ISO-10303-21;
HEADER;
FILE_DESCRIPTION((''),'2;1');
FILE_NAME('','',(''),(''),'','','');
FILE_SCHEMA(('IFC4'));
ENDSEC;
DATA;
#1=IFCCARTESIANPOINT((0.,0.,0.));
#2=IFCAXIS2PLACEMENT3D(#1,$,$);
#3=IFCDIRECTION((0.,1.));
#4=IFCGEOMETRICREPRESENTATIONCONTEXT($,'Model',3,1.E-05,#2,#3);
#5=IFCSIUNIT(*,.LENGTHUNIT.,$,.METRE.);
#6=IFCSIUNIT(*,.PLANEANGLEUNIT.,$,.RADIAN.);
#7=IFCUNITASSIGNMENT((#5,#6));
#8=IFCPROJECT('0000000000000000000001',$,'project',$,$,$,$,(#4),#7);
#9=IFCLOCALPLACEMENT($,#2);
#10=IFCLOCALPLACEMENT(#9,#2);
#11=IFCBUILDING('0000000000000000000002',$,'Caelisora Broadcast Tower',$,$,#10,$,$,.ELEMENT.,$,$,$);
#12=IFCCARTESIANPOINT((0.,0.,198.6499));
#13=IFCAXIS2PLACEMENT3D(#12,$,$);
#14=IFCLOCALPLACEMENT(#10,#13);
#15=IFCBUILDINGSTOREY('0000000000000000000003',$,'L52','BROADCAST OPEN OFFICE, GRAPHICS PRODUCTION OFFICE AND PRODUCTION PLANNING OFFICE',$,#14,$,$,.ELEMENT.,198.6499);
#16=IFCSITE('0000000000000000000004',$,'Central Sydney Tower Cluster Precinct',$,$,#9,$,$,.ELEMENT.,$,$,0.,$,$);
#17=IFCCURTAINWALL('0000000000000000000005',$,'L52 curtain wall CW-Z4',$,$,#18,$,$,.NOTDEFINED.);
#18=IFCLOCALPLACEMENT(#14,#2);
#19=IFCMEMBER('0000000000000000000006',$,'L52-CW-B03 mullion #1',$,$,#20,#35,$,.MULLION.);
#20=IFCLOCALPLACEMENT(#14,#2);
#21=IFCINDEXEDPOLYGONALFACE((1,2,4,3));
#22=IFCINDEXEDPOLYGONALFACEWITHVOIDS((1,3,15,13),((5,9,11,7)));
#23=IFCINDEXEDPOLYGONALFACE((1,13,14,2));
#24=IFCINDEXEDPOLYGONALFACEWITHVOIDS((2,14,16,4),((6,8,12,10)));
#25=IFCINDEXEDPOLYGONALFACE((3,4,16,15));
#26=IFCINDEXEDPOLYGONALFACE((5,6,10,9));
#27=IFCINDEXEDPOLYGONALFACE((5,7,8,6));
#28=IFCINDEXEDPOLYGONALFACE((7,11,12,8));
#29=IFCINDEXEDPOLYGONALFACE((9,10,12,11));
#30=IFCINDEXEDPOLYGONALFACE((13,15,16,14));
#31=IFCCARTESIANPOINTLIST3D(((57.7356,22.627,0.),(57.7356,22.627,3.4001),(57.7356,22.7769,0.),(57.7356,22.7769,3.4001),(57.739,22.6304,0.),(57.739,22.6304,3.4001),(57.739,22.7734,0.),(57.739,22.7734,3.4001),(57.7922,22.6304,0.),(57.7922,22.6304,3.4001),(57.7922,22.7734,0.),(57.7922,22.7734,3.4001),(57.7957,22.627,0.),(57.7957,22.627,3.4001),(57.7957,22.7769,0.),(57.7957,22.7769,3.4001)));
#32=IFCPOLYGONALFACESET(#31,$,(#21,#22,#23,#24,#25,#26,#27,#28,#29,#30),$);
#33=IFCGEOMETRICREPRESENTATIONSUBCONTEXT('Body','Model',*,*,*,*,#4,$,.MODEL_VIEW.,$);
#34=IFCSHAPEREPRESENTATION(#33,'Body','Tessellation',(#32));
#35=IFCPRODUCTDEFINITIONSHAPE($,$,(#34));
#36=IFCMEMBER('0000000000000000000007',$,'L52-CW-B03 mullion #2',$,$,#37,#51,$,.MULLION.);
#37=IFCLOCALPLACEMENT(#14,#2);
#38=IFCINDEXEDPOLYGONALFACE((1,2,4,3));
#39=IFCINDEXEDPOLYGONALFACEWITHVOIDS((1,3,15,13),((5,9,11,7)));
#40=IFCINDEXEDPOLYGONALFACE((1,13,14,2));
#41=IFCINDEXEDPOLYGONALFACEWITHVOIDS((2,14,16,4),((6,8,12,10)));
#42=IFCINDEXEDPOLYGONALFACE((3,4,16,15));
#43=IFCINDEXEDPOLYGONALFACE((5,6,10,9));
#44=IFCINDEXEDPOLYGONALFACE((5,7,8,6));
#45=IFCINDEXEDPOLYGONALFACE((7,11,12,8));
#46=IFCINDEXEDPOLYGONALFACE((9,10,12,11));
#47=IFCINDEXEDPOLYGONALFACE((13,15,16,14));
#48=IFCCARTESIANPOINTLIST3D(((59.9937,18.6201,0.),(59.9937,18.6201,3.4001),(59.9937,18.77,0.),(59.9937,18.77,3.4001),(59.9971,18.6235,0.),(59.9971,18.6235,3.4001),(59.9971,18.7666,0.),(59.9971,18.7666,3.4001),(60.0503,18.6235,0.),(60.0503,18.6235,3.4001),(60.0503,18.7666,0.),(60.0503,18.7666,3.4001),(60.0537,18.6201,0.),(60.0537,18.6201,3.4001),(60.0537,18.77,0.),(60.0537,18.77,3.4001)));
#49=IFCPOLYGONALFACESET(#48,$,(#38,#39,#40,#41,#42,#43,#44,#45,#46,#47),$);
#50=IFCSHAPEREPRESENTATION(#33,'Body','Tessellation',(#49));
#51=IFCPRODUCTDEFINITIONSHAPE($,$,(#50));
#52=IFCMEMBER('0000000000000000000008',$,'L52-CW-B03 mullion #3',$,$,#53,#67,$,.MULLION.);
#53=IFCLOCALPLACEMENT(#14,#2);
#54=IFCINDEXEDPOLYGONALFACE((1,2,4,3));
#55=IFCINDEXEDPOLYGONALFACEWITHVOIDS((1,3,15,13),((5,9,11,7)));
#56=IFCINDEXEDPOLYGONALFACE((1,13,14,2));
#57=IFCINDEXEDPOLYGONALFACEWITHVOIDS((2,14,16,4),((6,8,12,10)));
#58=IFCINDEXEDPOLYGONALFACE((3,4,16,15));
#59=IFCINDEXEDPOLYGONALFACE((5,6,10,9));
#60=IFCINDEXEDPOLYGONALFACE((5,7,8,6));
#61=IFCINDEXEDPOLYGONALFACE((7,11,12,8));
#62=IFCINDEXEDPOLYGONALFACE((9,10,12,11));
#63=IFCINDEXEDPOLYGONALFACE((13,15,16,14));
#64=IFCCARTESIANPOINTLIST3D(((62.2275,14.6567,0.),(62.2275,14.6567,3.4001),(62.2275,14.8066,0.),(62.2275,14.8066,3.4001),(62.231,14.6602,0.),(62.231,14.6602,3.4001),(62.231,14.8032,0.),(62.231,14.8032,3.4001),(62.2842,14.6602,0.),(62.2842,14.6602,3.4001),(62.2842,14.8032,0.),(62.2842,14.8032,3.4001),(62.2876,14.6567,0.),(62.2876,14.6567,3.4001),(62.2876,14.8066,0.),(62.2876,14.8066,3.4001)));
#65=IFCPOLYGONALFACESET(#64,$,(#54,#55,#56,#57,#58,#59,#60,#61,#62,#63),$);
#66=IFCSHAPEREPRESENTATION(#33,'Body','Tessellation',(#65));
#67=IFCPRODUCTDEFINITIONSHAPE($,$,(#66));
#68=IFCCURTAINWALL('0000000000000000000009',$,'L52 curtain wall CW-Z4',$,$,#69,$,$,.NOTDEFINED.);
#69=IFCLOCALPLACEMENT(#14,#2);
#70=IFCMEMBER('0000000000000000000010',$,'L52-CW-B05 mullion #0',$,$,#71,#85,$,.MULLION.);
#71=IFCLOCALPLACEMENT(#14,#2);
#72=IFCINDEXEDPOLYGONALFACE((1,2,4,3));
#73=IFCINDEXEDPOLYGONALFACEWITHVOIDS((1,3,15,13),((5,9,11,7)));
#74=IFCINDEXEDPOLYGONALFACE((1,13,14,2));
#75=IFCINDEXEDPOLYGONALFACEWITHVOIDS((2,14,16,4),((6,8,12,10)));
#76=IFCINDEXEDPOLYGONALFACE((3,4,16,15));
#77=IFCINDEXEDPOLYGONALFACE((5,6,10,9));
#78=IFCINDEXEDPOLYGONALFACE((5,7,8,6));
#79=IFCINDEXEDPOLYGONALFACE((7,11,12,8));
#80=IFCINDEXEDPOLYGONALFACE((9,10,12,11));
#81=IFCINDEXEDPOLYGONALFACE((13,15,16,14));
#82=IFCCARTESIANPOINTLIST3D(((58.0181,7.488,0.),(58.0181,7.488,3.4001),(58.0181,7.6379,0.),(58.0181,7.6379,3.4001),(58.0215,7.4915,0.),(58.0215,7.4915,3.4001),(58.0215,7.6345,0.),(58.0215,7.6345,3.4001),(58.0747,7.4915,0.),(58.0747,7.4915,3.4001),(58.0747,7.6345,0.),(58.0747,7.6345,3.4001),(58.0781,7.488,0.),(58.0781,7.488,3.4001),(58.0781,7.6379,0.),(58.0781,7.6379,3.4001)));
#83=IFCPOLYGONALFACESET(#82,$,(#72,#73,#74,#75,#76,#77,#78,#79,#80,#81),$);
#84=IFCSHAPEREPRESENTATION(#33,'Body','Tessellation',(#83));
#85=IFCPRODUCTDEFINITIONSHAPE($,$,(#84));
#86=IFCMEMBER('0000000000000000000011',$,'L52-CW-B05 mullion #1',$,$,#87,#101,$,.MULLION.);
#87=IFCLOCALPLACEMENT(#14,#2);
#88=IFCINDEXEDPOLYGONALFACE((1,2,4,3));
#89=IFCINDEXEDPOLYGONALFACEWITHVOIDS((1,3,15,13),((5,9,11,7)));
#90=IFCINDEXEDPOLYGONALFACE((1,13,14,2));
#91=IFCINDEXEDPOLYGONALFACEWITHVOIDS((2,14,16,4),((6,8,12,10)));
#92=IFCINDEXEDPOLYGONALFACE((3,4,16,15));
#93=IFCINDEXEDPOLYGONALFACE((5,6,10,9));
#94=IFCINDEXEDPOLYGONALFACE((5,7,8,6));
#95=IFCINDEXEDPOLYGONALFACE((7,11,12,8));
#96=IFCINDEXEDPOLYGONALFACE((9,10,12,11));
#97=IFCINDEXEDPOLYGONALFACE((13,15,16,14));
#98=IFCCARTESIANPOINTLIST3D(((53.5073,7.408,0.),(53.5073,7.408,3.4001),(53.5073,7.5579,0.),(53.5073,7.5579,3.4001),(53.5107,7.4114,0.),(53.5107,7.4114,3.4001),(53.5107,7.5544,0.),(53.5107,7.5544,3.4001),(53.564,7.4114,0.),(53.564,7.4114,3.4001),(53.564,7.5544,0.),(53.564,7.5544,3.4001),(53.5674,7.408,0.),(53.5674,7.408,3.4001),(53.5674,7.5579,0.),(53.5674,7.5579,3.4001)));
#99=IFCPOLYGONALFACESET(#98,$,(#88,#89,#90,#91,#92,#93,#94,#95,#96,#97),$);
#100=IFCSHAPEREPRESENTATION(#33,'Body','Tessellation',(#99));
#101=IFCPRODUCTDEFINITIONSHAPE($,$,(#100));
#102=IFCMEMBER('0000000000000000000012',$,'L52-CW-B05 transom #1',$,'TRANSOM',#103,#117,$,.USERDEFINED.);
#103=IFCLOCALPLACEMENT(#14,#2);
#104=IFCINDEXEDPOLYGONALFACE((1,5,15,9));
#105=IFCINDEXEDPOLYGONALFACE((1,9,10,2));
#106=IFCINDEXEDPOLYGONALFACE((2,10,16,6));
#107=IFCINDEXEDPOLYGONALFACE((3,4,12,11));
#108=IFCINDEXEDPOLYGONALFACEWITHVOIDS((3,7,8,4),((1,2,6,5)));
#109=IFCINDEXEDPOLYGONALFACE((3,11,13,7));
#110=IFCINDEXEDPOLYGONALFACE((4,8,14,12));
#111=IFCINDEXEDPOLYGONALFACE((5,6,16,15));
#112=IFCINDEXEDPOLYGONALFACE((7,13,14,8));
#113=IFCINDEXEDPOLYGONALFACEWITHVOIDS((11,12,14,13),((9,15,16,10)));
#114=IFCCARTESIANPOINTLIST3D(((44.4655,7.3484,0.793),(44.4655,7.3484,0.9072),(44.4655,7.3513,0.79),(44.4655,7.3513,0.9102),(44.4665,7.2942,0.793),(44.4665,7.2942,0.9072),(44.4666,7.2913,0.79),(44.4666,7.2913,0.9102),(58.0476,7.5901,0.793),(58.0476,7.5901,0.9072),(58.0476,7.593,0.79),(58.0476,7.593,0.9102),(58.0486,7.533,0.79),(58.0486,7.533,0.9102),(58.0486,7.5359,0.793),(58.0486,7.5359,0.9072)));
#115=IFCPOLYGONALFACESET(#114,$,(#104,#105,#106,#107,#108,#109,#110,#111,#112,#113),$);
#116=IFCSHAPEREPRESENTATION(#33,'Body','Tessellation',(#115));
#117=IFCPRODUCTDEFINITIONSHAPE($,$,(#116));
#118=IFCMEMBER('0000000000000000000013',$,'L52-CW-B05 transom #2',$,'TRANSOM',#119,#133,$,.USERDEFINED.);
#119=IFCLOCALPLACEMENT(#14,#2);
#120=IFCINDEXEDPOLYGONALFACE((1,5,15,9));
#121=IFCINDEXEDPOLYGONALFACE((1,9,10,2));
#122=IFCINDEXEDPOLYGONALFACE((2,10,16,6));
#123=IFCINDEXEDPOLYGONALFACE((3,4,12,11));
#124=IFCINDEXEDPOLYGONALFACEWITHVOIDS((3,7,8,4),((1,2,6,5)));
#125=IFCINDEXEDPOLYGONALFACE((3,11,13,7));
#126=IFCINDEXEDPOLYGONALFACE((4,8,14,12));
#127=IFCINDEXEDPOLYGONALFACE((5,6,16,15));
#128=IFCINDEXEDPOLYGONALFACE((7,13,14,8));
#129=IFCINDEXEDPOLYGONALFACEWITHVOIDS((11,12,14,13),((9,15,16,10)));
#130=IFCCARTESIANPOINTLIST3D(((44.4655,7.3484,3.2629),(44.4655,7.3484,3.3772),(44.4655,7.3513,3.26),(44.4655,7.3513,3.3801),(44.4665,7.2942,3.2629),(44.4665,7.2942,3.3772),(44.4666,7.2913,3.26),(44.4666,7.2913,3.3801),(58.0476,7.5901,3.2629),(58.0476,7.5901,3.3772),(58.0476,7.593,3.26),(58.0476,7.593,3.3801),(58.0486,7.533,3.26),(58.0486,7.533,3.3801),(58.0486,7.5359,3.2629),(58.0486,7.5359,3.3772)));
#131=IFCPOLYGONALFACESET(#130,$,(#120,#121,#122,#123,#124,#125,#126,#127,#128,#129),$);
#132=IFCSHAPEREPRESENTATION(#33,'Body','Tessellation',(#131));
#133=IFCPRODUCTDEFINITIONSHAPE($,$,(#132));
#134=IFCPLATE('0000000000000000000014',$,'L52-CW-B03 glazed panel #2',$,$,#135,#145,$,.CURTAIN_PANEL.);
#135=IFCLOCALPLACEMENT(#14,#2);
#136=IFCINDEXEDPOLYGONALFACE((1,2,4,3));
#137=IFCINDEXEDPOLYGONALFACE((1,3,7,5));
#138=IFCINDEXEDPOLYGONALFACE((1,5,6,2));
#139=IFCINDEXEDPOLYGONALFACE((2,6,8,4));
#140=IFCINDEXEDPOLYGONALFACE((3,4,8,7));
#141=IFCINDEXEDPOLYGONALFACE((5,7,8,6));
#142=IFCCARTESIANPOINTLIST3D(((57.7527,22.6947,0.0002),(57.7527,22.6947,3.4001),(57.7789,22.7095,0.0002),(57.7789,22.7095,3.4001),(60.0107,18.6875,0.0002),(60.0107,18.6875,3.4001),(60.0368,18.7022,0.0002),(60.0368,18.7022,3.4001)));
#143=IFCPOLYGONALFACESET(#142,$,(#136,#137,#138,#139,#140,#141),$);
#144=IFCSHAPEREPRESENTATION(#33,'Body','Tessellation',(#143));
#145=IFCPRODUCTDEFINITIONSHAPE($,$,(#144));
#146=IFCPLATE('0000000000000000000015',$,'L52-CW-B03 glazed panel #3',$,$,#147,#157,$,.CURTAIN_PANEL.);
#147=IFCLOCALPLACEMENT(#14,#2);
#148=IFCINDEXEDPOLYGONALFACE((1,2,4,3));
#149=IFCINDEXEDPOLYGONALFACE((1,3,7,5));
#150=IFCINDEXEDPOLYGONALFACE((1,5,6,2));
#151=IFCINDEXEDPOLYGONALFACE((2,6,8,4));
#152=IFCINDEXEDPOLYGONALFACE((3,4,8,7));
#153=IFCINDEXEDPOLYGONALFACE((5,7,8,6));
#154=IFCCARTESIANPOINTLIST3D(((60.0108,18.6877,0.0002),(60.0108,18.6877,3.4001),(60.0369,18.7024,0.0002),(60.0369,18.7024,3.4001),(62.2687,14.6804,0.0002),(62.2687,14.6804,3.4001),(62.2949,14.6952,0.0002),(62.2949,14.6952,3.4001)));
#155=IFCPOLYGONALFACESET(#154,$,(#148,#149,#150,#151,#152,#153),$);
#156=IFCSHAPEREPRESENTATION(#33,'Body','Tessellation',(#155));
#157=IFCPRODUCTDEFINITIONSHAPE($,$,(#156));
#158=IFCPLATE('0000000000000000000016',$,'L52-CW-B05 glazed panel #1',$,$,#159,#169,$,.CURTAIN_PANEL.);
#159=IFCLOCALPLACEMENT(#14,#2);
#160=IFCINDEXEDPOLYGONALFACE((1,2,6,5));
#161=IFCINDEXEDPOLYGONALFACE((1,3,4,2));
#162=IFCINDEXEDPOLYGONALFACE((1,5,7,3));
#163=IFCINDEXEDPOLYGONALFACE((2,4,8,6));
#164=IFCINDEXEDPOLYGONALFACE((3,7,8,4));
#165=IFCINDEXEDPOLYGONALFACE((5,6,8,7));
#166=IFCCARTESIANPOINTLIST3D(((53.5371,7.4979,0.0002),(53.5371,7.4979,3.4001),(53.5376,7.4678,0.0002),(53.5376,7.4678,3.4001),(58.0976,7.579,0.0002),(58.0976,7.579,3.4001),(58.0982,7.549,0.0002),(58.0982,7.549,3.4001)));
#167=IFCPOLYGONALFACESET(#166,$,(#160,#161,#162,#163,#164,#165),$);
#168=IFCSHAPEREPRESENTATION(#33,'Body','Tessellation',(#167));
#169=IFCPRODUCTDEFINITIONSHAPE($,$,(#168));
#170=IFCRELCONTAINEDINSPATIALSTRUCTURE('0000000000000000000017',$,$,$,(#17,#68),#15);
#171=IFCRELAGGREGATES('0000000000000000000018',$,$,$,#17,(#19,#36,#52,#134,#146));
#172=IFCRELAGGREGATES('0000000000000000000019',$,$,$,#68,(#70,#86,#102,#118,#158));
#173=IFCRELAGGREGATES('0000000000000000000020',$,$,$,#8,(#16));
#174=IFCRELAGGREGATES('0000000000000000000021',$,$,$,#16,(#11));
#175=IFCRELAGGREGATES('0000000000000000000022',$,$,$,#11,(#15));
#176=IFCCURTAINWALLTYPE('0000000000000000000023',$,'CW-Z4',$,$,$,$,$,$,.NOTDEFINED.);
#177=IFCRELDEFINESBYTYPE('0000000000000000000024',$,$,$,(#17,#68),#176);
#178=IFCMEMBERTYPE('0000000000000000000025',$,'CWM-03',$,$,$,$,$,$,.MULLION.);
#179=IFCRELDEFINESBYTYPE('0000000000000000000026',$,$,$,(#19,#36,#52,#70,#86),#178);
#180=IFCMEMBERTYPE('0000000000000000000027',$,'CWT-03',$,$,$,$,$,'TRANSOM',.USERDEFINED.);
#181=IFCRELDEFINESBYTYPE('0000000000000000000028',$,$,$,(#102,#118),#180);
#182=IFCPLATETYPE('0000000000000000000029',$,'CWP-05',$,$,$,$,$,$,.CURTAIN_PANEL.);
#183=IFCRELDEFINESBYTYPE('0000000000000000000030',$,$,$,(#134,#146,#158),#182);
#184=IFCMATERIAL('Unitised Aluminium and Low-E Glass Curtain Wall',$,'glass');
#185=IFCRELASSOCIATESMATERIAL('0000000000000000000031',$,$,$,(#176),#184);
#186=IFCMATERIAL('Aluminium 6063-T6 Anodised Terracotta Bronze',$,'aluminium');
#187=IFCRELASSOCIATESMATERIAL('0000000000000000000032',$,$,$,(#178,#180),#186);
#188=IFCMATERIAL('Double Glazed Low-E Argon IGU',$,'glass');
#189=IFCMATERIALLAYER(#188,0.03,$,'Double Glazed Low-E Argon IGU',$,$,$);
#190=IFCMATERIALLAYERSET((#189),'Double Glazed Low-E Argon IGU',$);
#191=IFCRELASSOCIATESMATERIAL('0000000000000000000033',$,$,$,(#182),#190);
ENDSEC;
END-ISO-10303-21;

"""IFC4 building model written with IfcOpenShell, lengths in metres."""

from ifc_helpers import new_model, si_unit, direction, frame, origin, origin_2d, place, context, subcontext, project, spatial, rectangle, hollow_rectangle, extrude, source, transform, mapped, material, layer, layer_set, material_profile, profile_set, type_object, type_shapes, element, aggregate, save


model = new_model("IFC4")

# Units and contexts
model_context = context("Model", 3, precision=1e-05, world=origin(), true_north=direction((0.0, 1.0)))
body_context = subcontext(model_context, "Body", "Model", "MODEL_VIEW")
ifc_project = project(units=[si_unit("LENGTHUNIT", "METRE"), si_unit("PLANEANGLEUNIT", "RADIAN")], contexts=[model_context])

# Site, building, storey
site_placement = place(None, origin())
site = spatial("IfcSite", under=ifc_project, at=site_placement, Name="Central Sydney Tower Cluster Precinct", CompositionType="ELEMENT", RefElevation=0.0)
building_placement = place(site_placement, origin())
building = spatial("IfcBuilding", under=site, at=building_placement, Name="Caelisora Broadcast Tower", CompositionType="ELEMENT")
storey_placement = place(building_placement, frame((0.0, 0.0, 198.6499)))
storey = spatial("IfcBuildingStorey", under=building, at=storey_placement, Name="L52", Description="BROADCAST OPEN OFFICE, GRAPHICS PRODUCTION OFFICE AND PRODUCTION PLANNING OFFICE", CompositionType="ELEMENT", Elevation=198.6499)

# Curtain walls, members
ifc_material_1 = material(Name="Unitised Aluminium and Low-E Glass Curtain Wall", Category="glass")
curtain_wall_type = type_object("IfcCurtainWallType", Name="CW-Z4", PredefinedType="NOTDEFINED", material=ifc_material_1)
curtain_wall_1_placement = place(storey_placement, origin())
curtain_wall_1 = element("IfcCurtainWall", 1, at=curtain_wall_1_placement, inside=storey, type_object=curtain_wall_type, Name="L52 curtain wall CW-Z4", PredefinedType="NOTDEFINED")
ifc_material_2 = material(Name="Aluminium 6063-T6 Anodised Terracotta Bronze", Category="aluminium")
ifc_material_profile_1 = material_profile(ifc_material_2, hollow_rectangle(XDim=0.0601, YDim=0.1499, WallThickness=0.0034, at=origin_2d()), Name="Aluminium 6063-T6 Anodised Terracotta Bronze")
ifc_profile_set_1 = profile_set([ifc_material_profile_1], Name="Aluminium 6063-T6 Anodised Terracotta Bronze")
member_type_1 = type_object("IfcMemberType", Name="CWM-03", PredefinedType="MULLION", material=ifc_profile_set_1)
shared_shape_1 = source(origin(), body_context, "Body", "SweptSolid", [
    extrude(hollow_rectangle(XDim=0.0601, YDim=0.1499, WallThickness=0.0034, at=origin_2d()), origin(), (0.0, 0.0, 1.0), 3.4001),
])
type_shapes(member_type_1, [shared_shape_1])
member_1_placement = place(storey_placement, frame((57.7656, 22.7019, 0.0), z_axis=(0.0, 0.0, 1.0), x_axis=(1.0, 0.0, 0.0)))
member_1 = element("IfcMember", 2, at=member_1_placement, type_object=member_type_1, Name="L52-CW-B03 mullion #1", PredefinedType="MULLION", context=body_context, shape_type="MappedRepresentation", body=[
    mapped(shared_shape_1, transform((0.0, 0.0, 0.0), scale=1.0)),
])
member_2_placement = place(storey_placement, frame((60.0237, 18.6951, 0.0), z_axis=(0.0, 0.0, 1.0), x_axis=(1.0, 0.0, 0.0)))
member_2 = element("IfcMember", 3, at=member_2_placement, type_object=member_type_1, Name="L52-CW-B03 mullion #2", PredefinedType="MULLION", context=body_context, shape_type="MappedRepresentation", body=[
    mapped(shared_shape_1, transform((0.0, 0.0, 0.0), scale=1.0)),
])
member_3_placement = place(storey_placement, frame((62.2576, 14.7317, 0.0), z_axis=(0.0, 0.0, 1.0), x_axis=(1.0, 0.0, 0.0)))
member_3 = element("IfcMember", 4, at=member_3_placement, type_object=member_type_1, Name="L52-CW-B03 mullion #3", PredefinedType="MULLION", context=body_context, shape_type="MappedRepresentation", body=[
    mapped(shared_shape_1, transform((0.0, 0.0, 0.0), scale=1.0)),
])
curtain_wall_2_placement = place(storey_placement, origin())
curtain_wall_2 = element("IfcCurtainWall", 5, at=curtain_wall_2_placement, inside=storey, type_object=curtain_wall_type, Name="L52 curtain wall CW-Z4", PredefinedType="NOTDEFINED")
member_4_placement = place(storey_placement, frame((58.0481, 7.563, 0.0), z_axis=(0.0, 0.0, 1.0), x_axis=(1.0, 0.0, 0.0)))
member_4 = element("IfcMember", 6, at=member_4_placement, type_object=member_type_1, Name="L52-CW-B05 mullion #0", PredefinedType="MULLION", context=body_context, shape_type="MappedRepresentation", body=[
    mapped(shared_shape_1, transform((0.0, 0.0, 0.0), scale=1.0)),
])
member_5_placement = place(storey_placement, frame((53.5374, 7.4829, 0.0), z_axis=(0.0, 0.0, 1.0), x_axis=(1.0, 0.0, 0.0)))
member_5 = element("IfcMember", 7, at=member_5_placement, type_object=member_type_1, Name="L52-CW-B05 mullion #1", PredefinedType="MULLION", context=body_context, shape_type="MappedRepresentation", body=[
    mapped(shared_shape_1, transform((0.0, 0.0, 0.0), scale=1.0)),
])
ifc_material_profile_2 = material_profile(ifc_material_2, hollow_rectangle(XDim=0.0601, YDim=0.1201, WallThickness=0.0029, at=origin_2d()), Name="Aluminium 6063-T6 Anodised Terracotta Bronze")
ifc_profile_set_2 = profile_set([ifc_material_profile_2], Name="Aluminium 6063-T6 Anodised Terracotta Bronze")
member_type_2 = type_object("IfcMemberType", Name="CWT-03", ElementType="TRANSOM", PredefinedType="USERDEFINED", material=ifc_profile_set_2)
shared_shape_2 = source(origin(), body_context, "Body", "SweptSolid", [
    extrude(hollow_rectangle(XDim=0.0601, YDim=0.1201, WallThickness=0.0029, at=origin_2d()), origin(), (0.0, 0.0, 1.0), 13.5842),
])
type_shapes(member_type_2, [shared_shape_2])
member_6_placement = place(storey_placement, frame((58.0481, 7.563, 0.8501), z_axis=(-0.999842, -0.017793, 0.0), x_axis=(0.017793, -0.999842, 0.0)))
member_6 = element("IfcMember", 8, at=member_6_placement, type_object=member_type_2, Name="L52-CW-B05 transom #1", ObjectType="TRANSOM", PredefinedType="USERDEFINED", context=body_context, shape_type="MappedRepresentation", body=[
    mapped(shared_shape_2, transform((0.0, 0.0, 0.0), scale=1.0)),
])
member_7_placement = place(storey_placement, frame((58.0481, 7.563, 3.3201), z_axis=(-0.999842, -0.017793, 0.0), x_axis=(0.017793, -0.999842, 0.0)))
member_7 = element("IfcMember", 9, at=member_7_placement, type_object=member_type_2, Name="L52-CW-B05 transom #2", ObjectType="TRANSOM", PredefinedType="USERDEFINED", context=body_context, shape_type="MappedRepresentation", body=[
    mapped(shared_shape_2, transform((0.0, 0.0, 0.0), scale=1.0)),
])

# Plates
ifc_material_3 = material(Name="Double Glazed Low-E Argon IGU", Category="glass")
ifc_layer_1 = layer(ifc_material_3, 0.03, Name="Double Glazed Low-E Argon IGU")
ifc_layer_set_1 = layer_set([ifc_layer_1], Name="Double Glazed Low-E Argon IGU")
plate_type = type_object("IfcPlateType", Name="CWP-05", PredefinedType="CURTAIN_PANEL", material=ifc_layer_set_1)
shared_shape_3 = source(origin(), body_context, "Body", "SweptSolid", [
    extrude(rectangle(XDim=4.5996, YDim=0.03, at=origin_2d()), origin(), (0.0, 0.0, 1.0), 3.3999),
])
plate_1_placement = place(storey_placement, frame((58.8948, 20.6985, 0.0002), z_axis=(0.0, 0.0, 1.0), x_axis=(0.490904, -0.871214, 0.0)))
plate_1 = element("IfcPlate", 10, at=plate_1_placement, type_object=plate_type, Name="L52-CW-B03 glazed panel #2", PredefinedType="CURTAIN_PANEL", context=body_context, shape_type="MappedRepresentation", body=[
    mapped(shared_shape_3, transform((0.0, 0.0, 0.0), scale=1.0)),
])
plate_2_placement = place(storey_placement, frame((61.1528, 16.6914, 0.0002), z_axis=(0.0, 0.0, 1.0), x_axis=(0.490904, -0.871214, 0.0)))
plate_2 = element("IfcPlate", 11, at=plate_2_placement, type_object=plate_type, Name="L52-CW-B03 glazed panel #3", PredefinedType="CURTAIN_PANEL", context=body_context, shape_type="MappedRepresentation", body=[
    mapped(shared_shape_3, transform((0.0, 0.0, 0.0), scale=1.0)),
])
aggregate(curtain_wall_1, [member_1, member_2, member_3, plate_1, plate_2])
shared_shape_4 = source(origin(), body_context, "Body", "SweptSolid", [
    extrude(rectangle(XDim=4.5613, YDim=0.03, at=origin_2d()), origin(), (0.0, 0.0, 1.0), 3.3999),
])
type_shapes(plate_type, [shared_shape_3, shared_shape_4])
plate_3_placement = place(storey_placement, frame((55.8176, 7.5234, 0.0002), z_axis=(0.0, 0.0, 1.0), x_axis=(-0.999842, -0.017801, 0.0)))
plate_3 = element("IfcPlate", 12, at=plate_3_placement, type_object=plate_type, Name="L52-CW-B05 glazed panel #1", PredefinedType="CURTAIN_PANEL", context=body_context, shape_type="MappedRepresentation", body=[
    mapped(shared_shape_4, transform((0.0, 0.0, 0.0), scale=1.0)),
])
aggregate(curtain_wall_2, [member_4, member_5, member_6, member_7, plate_3])

save(model, "model.ifc")
